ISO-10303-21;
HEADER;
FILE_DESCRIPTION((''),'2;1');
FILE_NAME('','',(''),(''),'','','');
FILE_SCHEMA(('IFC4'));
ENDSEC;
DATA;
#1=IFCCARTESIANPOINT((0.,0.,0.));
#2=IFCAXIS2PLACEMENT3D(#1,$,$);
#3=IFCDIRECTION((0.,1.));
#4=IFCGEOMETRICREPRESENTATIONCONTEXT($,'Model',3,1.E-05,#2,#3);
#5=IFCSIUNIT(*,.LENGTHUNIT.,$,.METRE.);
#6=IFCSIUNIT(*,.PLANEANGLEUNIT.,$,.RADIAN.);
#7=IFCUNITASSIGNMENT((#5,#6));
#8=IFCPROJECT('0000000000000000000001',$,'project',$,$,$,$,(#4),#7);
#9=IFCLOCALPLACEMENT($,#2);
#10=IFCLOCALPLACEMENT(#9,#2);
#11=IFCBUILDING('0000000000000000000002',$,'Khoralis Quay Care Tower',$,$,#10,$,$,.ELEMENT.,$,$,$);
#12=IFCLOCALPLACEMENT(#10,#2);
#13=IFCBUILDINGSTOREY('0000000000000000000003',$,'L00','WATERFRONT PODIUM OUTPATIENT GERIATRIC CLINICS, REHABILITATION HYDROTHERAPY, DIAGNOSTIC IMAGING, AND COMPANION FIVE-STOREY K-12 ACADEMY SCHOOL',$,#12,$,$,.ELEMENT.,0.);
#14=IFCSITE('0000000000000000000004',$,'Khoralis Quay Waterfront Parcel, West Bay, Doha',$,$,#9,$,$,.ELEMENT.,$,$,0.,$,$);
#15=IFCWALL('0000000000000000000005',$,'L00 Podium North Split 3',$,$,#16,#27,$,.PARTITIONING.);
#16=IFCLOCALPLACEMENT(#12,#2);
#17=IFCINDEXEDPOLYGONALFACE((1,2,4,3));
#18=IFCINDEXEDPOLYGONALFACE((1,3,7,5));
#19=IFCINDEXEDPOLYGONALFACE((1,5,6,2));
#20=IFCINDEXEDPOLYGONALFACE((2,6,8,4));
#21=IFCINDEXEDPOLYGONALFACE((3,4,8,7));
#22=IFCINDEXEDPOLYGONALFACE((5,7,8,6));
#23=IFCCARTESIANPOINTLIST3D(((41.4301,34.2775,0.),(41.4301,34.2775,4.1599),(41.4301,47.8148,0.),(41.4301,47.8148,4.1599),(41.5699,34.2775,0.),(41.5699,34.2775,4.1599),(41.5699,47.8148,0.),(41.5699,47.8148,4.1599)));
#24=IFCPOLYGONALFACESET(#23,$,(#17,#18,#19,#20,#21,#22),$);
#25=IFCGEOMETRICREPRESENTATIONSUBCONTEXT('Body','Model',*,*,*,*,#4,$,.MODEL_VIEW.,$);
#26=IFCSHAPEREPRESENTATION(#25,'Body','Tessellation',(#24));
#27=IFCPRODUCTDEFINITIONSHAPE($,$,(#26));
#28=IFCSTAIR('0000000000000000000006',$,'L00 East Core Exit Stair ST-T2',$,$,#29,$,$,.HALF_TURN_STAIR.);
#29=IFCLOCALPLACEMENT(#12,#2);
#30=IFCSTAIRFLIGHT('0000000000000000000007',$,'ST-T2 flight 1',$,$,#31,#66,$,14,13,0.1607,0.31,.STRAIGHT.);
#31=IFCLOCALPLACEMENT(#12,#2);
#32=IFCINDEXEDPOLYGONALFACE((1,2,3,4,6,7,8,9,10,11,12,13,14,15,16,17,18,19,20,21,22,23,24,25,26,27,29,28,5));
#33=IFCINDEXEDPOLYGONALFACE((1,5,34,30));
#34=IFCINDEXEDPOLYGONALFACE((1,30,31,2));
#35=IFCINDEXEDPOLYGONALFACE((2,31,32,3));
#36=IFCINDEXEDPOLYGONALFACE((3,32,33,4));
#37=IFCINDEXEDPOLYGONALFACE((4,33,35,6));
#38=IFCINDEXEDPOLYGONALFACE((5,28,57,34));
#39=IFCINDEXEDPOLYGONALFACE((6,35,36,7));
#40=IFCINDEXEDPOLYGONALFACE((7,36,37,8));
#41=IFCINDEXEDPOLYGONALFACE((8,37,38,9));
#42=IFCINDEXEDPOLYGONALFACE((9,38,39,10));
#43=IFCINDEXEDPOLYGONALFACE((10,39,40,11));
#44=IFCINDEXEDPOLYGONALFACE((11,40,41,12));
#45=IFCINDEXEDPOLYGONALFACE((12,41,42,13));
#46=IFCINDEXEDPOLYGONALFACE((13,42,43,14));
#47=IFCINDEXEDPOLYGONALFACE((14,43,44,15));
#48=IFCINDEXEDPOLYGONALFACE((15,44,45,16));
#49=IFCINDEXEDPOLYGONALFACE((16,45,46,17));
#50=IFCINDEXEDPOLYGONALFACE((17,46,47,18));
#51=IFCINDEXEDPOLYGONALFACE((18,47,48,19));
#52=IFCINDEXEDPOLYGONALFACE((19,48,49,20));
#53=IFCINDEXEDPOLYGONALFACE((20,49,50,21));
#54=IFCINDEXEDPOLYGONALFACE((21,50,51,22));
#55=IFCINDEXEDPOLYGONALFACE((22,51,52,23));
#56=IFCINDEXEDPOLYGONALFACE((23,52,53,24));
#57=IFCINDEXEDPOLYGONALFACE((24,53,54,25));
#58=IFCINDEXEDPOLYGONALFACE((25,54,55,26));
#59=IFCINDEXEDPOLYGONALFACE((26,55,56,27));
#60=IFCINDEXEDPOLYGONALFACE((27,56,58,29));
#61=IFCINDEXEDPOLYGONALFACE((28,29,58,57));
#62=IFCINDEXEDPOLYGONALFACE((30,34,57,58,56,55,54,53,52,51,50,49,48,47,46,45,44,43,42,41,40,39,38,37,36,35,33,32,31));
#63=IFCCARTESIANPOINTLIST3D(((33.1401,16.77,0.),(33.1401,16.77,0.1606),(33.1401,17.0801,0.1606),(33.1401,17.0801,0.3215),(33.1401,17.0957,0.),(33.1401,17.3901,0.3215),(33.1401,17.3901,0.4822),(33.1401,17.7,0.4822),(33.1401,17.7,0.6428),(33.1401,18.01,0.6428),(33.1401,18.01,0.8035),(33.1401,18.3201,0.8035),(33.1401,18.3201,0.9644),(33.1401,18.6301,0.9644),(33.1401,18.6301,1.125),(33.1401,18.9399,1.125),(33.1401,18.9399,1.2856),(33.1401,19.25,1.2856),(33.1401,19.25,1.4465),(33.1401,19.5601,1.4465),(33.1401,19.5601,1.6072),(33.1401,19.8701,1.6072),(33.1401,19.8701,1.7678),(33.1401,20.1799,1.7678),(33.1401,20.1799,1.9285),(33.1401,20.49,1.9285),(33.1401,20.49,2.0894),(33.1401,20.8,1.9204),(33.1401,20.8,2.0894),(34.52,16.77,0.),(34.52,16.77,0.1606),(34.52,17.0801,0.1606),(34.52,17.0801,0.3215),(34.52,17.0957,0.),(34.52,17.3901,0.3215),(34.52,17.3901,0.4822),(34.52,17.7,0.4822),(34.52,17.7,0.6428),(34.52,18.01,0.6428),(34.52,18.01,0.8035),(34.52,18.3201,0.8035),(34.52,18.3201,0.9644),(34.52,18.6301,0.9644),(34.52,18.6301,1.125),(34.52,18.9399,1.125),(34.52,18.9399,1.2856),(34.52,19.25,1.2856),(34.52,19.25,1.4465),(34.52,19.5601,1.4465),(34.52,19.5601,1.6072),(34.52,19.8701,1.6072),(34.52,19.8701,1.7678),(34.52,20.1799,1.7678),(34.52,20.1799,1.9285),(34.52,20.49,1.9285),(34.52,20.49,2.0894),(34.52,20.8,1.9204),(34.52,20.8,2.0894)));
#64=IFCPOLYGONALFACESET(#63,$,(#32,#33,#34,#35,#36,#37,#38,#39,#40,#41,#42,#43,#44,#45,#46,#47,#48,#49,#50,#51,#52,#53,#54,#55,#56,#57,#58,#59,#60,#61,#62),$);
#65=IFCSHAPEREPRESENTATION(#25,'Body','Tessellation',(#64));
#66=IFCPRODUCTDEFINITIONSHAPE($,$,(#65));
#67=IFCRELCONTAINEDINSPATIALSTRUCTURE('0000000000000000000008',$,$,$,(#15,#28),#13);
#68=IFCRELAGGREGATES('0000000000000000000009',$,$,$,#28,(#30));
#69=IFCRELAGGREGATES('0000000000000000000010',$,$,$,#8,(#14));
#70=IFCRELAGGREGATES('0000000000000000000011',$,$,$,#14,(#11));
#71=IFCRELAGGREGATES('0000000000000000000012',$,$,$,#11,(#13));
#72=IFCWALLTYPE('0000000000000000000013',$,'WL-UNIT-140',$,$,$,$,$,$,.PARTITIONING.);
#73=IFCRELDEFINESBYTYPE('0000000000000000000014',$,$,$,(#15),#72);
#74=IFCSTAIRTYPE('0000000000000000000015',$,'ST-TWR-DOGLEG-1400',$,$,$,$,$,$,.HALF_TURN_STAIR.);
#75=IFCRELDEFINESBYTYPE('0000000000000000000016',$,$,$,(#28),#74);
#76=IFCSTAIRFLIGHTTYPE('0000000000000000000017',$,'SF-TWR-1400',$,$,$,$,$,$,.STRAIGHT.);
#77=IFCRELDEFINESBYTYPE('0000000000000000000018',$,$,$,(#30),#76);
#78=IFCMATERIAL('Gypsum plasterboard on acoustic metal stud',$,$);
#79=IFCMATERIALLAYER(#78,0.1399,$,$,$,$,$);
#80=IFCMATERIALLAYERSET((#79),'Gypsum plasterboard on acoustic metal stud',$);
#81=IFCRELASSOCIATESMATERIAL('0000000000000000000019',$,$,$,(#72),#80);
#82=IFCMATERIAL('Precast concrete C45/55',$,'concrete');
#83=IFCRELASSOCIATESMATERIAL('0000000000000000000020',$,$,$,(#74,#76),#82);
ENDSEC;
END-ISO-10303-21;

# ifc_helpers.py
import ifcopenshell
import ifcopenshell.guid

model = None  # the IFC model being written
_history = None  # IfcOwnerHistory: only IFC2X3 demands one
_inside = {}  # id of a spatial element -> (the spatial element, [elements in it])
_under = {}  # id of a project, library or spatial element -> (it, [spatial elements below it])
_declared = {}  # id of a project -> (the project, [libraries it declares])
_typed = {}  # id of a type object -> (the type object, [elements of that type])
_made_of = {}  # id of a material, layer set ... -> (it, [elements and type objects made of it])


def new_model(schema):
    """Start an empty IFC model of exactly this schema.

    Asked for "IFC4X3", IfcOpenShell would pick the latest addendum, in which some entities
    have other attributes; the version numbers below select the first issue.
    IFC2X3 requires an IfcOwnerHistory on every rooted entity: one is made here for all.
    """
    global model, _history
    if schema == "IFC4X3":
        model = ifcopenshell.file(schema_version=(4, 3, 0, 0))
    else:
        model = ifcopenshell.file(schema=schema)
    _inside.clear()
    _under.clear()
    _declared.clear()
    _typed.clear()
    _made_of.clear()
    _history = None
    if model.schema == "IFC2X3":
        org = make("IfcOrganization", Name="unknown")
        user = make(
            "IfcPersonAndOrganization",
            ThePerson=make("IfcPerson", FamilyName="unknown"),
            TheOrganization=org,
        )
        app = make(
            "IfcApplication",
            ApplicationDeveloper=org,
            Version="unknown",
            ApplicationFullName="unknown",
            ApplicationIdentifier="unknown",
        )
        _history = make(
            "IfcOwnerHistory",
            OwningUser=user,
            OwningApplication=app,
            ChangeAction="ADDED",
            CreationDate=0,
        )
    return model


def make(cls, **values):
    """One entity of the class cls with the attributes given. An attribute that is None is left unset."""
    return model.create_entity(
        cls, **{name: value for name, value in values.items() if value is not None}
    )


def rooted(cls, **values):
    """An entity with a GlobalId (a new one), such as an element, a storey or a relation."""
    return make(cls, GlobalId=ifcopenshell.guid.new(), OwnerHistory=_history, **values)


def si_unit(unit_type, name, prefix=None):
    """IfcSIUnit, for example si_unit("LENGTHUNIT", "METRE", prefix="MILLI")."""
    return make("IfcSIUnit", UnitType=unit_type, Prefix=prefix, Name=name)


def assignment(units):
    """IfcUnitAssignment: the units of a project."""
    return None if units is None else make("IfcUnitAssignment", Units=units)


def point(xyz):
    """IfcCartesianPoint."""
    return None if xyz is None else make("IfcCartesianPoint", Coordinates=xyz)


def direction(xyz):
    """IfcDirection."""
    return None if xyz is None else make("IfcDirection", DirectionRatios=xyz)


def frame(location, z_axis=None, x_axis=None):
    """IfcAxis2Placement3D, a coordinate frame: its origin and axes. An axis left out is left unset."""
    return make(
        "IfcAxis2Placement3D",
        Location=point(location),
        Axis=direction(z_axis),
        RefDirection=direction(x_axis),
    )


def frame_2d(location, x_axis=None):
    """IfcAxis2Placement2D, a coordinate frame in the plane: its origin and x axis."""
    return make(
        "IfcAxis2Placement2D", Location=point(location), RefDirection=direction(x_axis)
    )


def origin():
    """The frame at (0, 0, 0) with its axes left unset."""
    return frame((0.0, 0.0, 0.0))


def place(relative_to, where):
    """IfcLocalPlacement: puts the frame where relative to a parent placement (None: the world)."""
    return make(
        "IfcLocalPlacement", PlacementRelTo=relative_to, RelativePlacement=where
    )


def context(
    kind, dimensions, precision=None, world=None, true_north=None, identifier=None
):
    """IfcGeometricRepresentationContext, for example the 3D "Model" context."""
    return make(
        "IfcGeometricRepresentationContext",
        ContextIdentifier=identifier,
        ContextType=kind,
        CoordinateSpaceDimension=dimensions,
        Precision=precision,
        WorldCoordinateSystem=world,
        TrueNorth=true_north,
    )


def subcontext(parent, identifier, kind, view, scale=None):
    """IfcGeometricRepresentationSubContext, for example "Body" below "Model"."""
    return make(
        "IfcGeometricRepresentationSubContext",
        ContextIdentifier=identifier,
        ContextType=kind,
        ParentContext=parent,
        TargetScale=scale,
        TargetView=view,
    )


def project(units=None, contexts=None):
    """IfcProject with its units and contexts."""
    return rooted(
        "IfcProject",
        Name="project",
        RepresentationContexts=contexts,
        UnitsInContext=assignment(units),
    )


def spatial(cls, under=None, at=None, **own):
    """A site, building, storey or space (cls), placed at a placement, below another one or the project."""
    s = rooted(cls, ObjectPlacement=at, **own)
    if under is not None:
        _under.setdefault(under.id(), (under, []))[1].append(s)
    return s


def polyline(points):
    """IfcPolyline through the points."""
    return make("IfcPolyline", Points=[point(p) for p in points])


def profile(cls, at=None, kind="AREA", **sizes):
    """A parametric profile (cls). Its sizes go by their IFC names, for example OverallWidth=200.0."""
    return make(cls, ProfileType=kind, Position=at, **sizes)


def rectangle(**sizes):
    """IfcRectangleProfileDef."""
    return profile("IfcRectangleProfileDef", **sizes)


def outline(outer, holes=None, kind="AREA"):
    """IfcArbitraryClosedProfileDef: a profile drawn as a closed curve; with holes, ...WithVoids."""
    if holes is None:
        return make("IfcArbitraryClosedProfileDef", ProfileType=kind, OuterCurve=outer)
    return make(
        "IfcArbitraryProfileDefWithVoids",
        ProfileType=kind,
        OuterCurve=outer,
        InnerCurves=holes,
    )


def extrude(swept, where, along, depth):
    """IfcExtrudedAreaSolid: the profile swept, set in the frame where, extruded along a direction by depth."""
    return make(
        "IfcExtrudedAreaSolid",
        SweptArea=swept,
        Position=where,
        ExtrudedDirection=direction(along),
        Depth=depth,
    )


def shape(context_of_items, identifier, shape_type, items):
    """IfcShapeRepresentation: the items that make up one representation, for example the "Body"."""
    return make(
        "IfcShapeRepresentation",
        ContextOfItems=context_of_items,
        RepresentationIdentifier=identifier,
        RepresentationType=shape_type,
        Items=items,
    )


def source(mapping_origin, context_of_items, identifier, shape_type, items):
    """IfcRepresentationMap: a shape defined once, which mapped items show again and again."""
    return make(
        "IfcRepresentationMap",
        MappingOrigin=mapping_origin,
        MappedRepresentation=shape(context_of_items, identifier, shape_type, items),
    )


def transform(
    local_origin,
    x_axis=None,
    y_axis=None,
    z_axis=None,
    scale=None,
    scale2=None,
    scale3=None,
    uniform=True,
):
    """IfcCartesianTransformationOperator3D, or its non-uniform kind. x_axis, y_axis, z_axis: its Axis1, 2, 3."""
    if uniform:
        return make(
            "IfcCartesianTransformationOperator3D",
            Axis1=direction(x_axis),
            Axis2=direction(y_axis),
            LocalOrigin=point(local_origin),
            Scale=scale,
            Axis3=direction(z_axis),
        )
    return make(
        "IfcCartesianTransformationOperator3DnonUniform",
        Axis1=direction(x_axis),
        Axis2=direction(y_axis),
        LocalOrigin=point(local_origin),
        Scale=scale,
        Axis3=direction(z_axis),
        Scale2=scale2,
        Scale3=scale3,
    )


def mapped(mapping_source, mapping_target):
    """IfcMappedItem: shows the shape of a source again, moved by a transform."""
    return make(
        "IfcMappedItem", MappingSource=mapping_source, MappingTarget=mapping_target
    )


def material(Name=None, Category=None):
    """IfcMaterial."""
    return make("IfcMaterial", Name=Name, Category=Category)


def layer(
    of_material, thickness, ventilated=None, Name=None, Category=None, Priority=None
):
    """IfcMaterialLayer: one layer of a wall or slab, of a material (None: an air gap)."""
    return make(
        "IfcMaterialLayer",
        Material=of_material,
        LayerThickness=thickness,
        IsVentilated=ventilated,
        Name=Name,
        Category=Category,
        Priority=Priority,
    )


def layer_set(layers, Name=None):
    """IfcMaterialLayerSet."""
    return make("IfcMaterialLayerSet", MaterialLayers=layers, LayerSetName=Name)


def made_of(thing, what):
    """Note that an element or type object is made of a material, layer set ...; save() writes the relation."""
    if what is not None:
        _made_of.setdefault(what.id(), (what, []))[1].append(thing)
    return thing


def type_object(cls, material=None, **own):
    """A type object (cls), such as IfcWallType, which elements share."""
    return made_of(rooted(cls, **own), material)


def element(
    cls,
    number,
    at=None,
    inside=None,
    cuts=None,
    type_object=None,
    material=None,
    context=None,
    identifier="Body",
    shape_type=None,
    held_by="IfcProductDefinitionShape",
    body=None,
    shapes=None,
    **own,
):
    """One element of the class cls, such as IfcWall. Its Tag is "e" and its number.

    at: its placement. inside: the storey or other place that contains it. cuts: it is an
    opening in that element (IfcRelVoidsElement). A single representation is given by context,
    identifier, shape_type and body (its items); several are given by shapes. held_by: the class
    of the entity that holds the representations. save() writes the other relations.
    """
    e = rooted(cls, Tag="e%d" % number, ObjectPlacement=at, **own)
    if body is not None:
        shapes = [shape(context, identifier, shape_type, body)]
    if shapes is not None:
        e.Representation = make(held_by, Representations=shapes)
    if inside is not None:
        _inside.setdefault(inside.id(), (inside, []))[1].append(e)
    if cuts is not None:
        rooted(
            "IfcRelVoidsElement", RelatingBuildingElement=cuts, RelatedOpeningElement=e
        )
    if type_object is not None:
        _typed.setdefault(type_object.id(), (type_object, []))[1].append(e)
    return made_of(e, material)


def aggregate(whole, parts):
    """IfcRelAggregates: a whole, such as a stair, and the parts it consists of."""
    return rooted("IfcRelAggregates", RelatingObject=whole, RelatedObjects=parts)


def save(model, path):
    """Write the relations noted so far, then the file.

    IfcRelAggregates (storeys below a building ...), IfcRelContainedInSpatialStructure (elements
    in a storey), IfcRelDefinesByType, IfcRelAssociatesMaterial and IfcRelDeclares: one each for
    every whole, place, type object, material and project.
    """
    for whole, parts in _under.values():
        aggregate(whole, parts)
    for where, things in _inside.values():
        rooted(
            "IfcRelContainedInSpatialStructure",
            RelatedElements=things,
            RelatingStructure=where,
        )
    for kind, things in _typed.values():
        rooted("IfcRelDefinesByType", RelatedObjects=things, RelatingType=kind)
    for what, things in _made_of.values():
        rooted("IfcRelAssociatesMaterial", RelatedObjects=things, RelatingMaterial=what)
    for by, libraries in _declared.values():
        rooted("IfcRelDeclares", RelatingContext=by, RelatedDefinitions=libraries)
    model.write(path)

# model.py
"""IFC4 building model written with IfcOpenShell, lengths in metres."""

from ifc_helpers import new_model, si_unit, direction, frame, frame_2d, origin, place, context, subcontext, project, spatial, polyline, rectangle, outline, extrude, source, transform, mapped, material, layer, layer_set, type_object, element, aggregate, save


model = new_model("IFC4")

# Units and contexts
model_context = context("Model", 3, precision=1e-05, world=origin(), true_north=direction((0.0, 1.0)))
body_context = subcontext(model_context, "Body", "Model", "MODEL_VIEW")
ifc_project = project(units=[si_unit("LENGTHUNIT", "METRE"), si_unit("PLANEANGLEUNIT", "RADIAN")], contexts=[model_context])

# Site, building, storey
site_placement = place(None, origin())
site = spatial("IfcSite", under=ifc_project, at=site_placement, Name="Khoralis Quay Waterfront Parcel, West Bay, Doha", CompositionType="ELEMENT", RefElevation=0.0)
building_placement = place(site_placement, origin())
building = spatial("IfcBuilding", under=site, at=building_placement, Name="Khoralis Quay Care Tower", CompositionType="ELEMENT")
storey_placement = place(building_placement, origin())
storey = spatial("IfcBuildingStorey", under=building, at=storey_placement, Name="L00", Description="WATERFRONT PODIUM OUTPATIENT GERIATRIC CLINICS, REHABILITATION HYDROTHERAPY, DIAGNOSTIC IMAGING, AND COMPANION FIVE-STOREY K-12 ACADEMY SCHOOL", CompositionType="ELEMENT", Elevation=0.0)

# Wall
ifc_material_1 = material(Name="Gypsum plasterboard on acoustic metal stud")
ifc_layer_1 = layer(ifc_material_1, 0.1399)
ifc_layer_set_1 = layer_set([ifc_layer_1], Name="Gypsum plasterboard on acoustic metal stud")
wall_type_1 = type_object("IfcWallType", Name="WL-UNIT-140", PredefinedType="PARTITIONING", material=ifc_layer_set_1)
wall_1_placement = place(storey_placement, frame((41.5, 34.2776, 0.0), z_axis=(0.0, 0.0, 1.0), x_axis=(0.0, 1.0, 0.0)))
element("IfcWall", 1, at=wall_1_placement, inside=storey, type_object=wall_type_1, Name="L00 Podium North Split 3", PredefinedType="PARTITIONING", context=body_context, shape_type="SweptSolid", body=[
    extrude(rectangle(XDim=13.5374, YDim=0.1399, at=frame_2d((6.7686, 0.0))), origin(), (0.0, 0.0, 1.0), 4.1599),
])

# Stair, stair flight
ifc_material_2 = material(Name="Precast concrete C45/55", Category="concrete")
stair_type = type_object("IfcStairType", Name="ST-TWR-DOGLEG-1400", PredefinedType="HALF_TURN_STAIR", material=ifc_material_2)
stair_placement = place(storey_placement, origin())
stair = element("IfcStair", 2, at=stair_placement, inside=storey, type_object=stair_type, Name="L00 East Core Exit Stair ST-T2", PredefinedType="HALF_TURN_STAIR")
stair_flight_type = type_object("IfcStairFlightType", Name="SF-TWR-1400", PredefinedType="STRAIGHT", material=ifc_material_2)
shared_shape_1 = source(origin(), body_context, "Body", "SweptSolid", [
    extrude(outline(polyline([(0.0, 0.0), (0.0, 0.1606), (0.3101, 0.1606), (0.3101, 0.3215), (0.6201, 0.3215), (0.6201, 0.4822), (0.9299, 0.4822), (0.9299, 0.6428), (1.24, 0.6428), (1.24, 0.8035), (1.55, 0.8035), (1.55, 0.9644), (1.8601, 0.9644), (1.8601, 1.125), (2.1699, 1.125), (2.1699, 1.2856), (2.48, 1.2856), (2.48, 1.4465), (2.79, 1.4465), (2.79, 1.6072), (3.1001, 1.6072), (3.1001, 1.7678), (3.4099, 1.7678), (3.4099, 1.9285), (3.72, 1.9285), (3.72, 2.0894), (4.03, 2.0894), (4.03, 2.25), (4.03, 1.9204), (0.3257, 0.0), (0.0, 0.0)])), frame((0.0, 0.6899, 0.0), z_axis=(0.0, -1.0, 0.0), x_axis=(1.0, 0.0, 0.0)), (0.0, 0.0, 1.0), 1.3799),
])
stair_flight_placement = place(storey_placement, frame((33.8301, 16.77, 0.0), z_axis=(0.0, 0.0, 1.0), x_axis=(0.0, 1.0, 0.0)))
stair_flight = element("IfcStairFlight", 3, at=stair_flight_placement, type_object=stair_flight_type, Name="ST-T2 flight 1", NumberOfRisers=14, NumberOfTreads=13, PredefinedType="STRAIGHT", RiserHeight=0.1607, TreadLength=0.31, context=body_context, shape_type="MappedRepresentation", body=[
    mapped(shared_shape_1, transform((0.0, 0.0, 0.0), scale=1.0)),
])
aggregate(stair, [stair_flight])

save(model, "model.ifc")
